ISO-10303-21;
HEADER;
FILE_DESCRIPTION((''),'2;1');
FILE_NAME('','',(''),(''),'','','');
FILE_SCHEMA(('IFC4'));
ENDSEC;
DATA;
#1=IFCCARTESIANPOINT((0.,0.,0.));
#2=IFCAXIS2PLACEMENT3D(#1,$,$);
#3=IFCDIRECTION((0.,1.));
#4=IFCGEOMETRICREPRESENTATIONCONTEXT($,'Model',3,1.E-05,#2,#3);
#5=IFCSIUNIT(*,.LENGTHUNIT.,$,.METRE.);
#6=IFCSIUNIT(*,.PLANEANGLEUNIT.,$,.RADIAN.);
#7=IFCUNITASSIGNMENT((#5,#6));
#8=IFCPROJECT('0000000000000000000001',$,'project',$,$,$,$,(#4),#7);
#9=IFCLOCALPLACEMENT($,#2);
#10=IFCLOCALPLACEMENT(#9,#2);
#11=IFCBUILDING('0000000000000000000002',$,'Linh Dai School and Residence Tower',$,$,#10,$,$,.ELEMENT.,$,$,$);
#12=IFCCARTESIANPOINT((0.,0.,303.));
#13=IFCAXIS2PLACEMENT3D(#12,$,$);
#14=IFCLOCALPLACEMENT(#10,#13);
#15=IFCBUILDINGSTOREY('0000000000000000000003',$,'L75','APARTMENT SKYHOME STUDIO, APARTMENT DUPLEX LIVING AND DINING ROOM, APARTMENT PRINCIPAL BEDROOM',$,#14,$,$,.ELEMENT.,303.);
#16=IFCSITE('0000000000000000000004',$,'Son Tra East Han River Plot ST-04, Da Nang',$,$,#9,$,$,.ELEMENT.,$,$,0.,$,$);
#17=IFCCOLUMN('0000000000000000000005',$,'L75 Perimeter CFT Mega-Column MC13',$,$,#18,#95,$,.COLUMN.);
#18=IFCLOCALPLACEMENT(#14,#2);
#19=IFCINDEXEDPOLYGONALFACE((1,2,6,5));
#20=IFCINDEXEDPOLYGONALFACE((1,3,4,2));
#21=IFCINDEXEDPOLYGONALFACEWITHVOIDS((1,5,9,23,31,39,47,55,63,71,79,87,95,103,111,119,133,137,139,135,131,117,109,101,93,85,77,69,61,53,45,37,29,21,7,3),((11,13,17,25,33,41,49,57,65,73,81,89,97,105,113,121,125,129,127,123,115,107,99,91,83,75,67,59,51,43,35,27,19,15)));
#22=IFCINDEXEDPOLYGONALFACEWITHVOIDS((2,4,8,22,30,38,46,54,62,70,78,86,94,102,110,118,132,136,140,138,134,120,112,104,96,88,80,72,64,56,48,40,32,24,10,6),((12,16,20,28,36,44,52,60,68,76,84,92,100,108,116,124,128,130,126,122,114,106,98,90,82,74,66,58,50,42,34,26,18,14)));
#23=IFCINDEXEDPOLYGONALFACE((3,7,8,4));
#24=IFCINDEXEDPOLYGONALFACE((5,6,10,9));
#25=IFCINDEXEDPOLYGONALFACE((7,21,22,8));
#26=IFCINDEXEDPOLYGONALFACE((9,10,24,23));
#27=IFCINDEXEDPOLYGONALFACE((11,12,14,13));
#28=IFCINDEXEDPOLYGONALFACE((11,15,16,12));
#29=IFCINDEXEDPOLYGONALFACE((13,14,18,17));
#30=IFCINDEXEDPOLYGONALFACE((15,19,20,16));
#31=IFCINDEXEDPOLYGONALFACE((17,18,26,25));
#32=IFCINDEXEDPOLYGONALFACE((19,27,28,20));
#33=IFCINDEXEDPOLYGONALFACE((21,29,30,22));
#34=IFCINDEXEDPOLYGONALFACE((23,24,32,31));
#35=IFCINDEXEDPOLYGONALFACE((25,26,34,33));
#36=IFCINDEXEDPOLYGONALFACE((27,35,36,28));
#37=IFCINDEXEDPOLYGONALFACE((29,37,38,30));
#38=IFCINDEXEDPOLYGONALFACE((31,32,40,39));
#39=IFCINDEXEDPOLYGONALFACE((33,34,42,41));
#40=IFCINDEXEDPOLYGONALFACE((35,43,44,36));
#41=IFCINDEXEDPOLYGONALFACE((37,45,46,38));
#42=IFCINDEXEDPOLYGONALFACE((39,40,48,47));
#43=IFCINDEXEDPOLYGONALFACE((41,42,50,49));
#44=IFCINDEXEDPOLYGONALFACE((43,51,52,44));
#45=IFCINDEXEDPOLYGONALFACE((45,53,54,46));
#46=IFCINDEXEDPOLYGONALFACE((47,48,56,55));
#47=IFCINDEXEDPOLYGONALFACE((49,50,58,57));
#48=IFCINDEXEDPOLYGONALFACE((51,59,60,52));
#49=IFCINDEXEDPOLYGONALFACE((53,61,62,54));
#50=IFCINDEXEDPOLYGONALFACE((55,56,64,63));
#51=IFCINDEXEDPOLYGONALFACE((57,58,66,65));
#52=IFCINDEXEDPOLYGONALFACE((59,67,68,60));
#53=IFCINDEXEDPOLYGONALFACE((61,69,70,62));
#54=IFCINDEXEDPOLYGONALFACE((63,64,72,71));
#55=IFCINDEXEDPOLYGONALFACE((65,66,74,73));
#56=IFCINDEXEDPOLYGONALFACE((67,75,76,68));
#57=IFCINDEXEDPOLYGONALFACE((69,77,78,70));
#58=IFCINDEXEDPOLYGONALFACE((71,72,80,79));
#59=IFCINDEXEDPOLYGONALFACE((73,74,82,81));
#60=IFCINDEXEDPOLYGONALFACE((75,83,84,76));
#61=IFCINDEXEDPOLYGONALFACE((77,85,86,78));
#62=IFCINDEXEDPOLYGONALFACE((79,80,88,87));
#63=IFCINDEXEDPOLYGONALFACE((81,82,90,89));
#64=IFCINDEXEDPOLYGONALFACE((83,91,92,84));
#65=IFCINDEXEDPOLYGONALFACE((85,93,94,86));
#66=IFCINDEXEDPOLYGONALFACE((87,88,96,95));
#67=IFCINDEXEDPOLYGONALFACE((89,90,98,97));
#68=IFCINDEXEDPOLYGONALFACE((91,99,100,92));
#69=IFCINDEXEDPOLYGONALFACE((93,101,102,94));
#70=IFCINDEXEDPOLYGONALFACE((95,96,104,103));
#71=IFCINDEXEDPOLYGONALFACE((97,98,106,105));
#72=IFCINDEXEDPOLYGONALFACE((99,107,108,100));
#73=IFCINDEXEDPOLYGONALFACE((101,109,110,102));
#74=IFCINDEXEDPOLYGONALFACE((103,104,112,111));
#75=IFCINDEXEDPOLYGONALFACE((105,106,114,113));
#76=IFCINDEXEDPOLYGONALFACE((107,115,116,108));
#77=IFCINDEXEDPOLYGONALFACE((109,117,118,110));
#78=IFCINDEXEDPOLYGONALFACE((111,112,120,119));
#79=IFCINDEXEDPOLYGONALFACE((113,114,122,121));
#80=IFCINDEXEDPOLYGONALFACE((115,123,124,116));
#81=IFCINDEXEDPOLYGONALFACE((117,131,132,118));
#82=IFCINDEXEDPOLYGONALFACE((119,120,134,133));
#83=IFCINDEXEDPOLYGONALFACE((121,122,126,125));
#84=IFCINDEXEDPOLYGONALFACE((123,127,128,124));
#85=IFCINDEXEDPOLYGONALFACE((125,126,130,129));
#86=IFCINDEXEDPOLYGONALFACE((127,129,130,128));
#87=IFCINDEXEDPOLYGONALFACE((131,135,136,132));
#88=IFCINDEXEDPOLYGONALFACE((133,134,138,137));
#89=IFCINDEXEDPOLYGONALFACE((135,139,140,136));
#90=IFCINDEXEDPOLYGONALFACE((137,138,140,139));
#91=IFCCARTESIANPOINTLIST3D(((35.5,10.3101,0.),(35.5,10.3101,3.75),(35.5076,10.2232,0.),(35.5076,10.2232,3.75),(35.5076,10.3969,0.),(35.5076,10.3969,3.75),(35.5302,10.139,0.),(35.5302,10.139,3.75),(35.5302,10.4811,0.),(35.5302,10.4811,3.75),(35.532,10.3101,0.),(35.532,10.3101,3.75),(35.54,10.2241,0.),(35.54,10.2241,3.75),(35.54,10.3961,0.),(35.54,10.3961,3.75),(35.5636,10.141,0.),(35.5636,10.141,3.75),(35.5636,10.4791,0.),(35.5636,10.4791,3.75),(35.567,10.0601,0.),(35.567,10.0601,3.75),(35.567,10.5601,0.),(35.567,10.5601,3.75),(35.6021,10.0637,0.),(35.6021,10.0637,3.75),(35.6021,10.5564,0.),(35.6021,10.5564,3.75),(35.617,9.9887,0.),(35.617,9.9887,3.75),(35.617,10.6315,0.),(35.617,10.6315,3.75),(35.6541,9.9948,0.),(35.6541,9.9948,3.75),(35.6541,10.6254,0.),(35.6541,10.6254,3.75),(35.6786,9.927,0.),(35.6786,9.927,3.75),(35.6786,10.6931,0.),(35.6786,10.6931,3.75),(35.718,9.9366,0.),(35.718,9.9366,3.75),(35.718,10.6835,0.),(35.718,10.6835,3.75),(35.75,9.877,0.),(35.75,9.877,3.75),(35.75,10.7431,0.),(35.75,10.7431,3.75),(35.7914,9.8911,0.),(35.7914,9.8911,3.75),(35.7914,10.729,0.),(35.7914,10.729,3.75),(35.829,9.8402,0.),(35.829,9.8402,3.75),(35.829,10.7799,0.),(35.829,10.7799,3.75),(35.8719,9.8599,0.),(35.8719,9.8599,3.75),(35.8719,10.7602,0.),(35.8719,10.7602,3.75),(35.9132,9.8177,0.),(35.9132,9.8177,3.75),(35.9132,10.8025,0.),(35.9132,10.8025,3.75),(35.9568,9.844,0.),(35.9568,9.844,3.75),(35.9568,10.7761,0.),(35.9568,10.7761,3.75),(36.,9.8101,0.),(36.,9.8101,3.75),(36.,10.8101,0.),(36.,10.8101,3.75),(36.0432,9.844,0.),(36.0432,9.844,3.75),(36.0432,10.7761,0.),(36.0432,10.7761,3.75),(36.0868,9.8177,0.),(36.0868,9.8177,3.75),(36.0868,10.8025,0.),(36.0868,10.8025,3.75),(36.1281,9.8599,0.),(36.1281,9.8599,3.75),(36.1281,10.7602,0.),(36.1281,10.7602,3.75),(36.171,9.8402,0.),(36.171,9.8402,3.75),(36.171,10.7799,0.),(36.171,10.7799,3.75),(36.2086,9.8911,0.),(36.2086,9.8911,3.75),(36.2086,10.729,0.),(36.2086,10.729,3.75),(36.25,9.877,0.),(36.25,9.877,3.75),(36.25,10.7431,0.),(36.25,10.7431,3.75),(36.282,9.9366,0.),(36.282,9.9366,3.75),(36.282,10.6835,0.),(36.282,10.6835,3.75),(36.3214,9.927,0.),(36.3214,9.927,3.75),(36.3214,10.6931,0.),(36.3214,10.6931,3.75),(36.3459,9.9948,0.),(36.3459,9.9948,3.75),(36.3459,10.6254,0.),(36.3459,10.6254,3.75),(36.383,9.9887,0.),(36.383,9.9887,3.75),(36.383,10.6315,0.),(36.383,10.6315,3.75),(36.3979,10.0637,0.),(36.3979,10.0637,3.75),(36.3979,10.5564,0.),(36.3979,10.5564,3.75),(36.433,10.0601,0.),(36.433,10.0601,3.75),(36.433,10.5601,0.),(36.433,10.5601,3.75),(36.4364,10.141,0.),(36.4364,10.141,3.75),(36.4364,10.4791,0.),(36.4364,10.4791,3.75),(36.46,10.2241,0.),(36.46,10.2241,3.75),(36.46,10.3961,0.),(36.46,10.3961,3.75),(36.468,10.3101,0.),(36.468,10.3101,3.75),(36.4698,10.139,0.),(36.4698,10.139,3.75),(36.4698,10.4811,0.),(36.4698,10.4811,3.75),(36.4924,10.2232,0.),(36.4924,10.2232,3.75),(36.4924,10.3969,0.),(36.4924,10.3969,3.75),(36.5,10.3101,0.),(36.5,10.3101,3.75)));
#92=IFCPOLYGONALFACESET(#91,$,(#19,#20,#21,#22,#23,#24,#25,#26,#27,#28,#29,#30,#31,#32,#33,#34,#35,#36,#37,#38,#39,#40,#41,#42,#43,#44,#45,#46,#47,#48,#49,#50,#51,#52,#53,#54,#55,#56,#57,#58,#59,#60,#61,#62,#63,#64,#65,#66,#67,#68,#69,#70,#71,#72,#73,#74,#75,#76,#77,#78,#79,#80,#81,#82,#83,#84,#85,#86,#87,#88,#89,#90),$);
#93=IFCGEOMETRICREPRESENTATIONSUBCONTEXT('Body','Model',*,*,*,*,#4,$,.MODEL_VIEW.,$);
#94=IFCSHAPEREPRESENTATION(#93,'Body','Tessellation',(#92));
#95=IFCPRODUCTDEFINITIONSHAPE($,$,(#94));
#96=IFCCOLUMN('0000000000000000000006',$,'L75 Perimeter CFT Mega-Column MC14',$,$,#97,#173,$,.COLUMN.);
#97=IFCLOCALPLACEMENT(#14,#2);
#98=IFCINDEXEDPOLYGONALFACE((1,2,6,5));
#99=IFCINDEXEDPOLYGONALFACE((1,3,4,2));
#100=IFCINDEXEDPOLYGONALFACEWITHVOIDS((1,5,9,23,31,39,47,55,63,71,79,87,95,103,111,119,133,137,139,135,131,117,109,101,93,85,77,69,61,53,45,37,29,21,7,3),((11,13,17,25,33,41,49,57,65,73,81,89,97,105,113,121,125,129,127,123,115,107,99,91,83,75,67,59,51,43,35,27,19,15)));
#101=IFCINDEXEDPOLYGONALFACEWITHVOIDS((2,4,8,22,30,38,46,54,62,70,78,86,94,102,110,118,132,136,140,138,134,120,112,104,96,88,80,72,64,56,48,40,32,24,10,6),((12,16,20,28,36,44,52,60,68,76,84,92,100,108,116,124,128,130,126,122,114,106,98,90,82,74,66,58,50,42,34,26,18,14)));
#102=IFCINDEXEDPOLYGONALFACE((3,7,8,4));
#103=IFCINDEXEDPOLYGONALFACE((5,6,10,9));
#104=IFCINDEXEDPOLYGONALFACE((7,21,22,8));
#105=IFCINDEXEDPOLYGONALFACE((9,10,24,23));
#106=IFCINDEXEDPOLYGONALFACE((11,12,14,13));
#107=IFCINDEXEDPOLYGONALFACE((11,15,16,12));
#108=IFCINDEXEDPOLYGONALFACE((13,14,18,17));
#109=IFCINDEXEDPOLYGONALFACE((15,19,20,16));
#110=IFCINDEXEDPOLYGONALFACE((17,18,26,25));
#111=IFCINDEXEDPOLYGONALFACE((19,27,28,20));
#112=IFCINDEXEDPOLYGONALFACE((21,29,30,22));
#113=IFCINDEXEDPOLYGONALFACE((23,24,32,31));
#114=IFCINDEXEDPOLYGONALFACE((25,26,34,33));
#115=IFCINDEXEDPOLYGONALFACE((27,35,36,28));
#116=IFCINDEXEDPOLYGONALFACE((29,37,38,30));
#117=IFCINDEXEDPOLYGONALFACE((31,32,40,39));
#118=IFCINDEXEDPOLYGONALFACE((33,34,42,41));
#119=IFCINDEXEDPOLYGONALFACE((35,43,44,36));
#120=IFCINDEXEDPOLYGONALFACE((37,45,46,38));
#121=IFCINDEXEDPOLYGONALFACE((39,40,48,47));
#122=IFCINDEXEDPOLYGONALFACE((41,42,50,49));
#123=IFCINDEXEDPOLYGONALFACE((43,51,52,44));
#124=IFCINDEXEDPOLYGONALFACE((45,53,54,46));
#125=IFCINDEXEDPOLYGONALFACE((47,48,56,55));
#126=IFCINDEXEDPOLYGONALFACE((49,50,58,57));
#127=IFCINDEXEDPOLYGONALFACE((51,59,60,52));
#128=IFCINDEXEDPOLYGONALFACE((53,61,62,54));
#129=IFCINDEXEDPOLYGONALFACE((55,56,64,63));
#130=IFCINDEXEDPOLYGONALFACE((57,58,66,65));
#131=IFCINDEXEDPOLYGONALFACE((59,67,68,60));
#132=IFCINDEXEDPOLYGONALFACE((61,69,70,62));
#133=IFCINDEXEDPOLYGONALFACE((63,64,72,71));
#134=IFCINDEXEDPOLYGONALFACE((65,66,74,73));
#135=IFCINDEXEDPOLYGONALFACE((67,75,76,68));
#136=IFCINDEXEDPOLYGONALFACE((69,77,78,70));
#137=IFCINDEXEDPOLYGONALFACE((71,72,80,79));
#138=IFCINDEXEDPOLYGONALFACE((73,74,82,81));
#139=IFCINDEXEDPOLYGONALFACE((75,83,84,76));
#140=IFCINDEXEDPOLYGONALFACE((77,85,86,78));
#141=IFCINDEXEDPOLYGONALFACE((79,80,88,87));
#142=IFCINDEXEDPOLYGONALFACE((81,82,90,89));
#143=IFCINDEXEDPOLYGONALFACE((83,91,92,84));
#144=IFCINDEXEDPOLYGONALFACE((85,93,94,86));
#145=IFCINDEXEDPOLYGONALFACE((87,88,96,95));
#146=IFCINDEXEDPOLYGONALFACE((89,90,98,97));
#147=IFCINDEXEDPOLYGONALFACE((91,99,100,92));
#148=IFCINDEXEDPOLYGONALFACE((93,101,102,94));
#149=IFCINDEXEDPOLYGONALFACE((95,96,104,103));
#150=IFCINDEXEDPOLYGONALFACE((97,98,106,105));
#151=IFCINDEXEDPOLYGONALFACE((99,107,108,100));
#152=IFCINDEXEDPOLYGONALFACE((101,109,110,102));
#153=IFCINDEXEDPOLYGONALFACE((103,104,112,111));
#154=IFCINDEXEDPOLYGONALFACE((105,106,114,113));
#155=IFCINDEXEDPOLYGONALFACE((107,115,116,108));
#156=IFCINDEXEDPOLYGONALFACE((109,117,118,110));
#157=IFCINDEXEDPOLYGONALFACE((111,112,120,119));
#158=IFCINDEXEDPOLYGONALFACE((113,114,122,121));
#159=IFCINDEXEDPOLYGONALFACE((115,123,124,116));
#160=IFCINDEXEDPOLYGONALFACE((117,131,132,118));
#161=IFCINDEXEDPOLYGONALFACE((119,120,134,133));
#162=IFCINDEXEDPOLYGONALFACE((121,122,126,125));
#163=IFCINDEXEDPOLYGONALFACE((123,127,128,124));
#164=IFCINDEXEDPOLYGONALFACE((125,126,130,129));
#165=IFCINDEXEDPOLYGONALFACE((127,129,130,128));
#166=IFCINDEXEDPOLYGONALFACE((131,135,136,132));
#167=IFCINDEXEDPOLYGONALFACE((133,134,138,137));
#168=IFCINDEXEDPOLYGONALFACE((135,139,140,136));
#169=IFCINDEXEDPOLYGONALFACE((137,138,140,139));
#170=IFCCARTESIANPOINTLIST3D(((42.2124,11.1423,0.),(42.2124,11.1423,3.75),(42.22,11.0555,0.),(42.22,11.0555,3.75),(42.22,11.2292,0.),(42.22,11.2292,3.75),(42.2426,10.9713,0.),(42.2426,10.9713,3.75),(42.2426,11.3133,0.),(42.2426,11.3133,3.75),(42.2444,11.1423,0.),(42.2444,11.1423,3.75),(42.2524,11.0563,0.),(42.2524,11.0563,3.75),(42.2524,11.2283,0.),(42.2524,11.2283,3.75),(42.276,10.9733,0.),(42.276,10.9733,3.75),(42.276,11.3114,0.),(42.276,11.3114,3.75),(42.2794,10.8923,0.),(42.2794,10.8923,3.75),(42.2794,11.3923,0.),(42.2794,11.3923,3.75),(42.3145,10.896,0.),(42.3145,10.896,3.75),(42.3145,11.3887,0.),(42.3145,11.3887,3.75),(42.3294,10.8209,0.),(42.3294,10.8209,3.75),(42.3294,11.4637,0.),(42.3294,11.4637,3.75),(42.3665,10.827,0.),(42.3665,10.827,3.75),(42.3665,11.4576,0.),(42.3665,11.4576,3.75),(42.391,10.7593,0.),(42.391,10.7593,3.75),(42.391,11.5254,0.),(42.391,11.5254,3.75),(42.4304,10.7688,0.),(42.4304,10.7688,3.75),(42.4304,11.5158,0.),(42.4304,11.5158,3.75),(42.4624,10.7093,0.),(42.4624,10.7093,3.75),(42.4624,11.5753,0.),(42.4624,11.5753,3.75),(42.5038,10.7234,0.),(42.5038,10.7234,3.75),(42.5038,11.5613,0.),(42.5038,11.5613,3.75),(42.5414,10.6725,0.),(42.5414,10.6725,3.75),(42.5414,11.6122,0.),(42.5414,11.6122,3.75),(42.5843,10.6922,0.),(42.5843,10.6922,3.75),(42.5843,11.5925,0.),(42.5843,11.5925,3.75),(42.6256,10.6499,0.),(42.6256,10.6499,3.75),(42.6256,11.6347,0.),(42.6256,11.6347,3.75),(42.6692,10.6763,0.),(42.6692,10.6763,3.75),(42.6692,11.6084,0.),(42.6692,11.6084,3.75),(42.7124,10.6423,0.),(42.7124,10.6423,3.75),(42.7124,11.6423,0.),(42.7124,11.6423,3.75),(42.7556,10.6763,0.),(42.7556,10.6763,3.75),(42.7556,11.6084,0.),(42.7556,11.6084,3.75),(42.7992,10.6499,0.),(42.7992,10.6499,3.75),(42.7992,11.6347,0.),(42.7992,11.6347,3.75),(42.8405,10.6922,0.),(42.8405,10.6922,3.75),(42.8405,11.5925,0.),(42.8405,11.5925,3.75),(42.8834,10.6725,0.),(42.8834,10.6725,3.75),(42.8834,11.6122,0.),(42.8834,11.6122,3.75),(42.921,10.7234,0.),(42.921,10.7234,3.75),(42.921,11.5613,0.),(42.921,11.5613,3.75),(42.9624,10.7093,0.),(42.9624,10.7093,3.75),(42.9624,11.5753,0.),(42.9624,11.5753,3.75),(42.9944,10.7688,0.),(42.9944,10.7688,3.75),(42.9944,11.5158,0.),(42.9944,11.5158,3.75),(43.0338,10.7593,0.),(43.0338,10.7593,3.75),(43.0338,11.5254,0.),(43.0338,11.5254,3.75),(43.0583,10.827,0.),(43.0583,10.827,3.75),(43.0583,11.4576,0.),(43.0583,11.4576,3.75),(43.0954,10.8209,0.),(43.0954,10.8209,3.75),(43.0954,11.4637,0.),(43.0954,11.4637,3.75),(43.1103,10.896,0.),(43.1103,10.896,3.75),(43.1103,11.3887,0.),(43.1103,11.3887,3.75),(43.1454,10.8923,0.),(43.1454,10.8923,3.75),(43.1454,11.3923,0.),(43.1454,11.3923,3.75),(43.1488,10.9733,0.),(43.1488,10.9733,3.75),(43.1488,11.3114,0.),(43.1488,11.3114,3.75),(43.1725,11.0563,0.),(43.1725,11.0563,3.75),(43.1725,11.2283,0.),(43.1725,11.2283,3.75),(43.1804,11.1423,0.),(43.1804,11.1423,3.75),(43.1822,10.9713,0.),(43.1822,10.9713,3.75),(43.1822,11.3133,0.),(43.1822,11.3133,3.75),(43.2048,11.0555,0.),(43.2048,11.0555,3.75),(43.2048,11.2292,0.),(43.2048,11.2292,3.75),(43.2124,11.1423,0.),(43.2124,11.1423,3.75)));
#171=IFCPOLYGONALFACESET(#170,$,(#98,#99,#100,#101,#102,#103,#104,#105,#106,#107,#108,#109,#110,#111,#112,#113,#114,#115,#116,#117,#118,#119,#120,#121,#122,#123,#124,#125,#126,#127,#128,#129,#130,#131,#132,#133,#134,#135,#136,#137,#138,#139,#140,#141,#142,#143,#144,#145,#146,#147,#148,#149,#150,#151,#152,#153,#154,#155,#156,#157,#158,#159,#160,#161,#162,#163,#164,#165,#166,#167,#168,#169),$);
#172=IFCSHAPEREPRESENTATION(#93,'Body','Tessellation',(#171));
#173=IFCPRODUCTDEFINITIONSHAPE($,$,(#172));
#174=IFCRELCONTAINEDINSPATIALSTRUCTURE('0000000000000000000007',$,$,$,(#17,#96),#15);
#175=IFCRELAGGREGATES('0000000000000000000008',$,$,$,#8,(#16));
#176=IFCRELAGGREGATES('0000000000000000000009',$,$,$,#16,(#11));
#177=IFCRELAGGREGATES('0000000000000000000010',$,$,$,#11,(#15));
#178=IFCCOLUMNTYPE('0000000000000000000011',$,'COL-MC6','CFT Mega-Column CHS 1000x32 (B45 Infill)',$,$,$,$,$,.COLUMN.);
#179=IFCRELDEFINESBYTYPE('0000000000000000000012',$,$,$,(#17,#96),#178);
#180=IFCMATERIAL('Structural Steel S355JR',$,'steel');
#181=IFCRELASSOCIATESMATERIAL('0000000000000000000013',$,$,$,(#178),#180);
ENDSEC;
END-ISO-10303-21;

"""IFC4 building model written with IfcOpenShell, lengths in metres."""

from ifc_helpers import new_model, si_unit, direction, frame, origin, origin_2d, place, context, subcontext, project, spatial, hollow_circle, extrude, material, material_profile, profile_set, type_object, element, save


model = new_model("IFC4")

# Units and contexts
model_context = context("Model", 3, precision=1e-05, world=origin(), true_north=direction((0.0, 1.0)))
body_context = subcontext(model_context, "Body", "Model", "MODEL_VIEW")
ifc_project = project(units=[si_unit("LENGTHUNIT", "METRE"), si_unit("PLANEANGLEUNIT", "RADIAN")], contexts=[model_context])

# Site, building, storey
site_placement = place(None, origin())
site = spatial("IfcSite", under=ifc_project, at=site_placement, Name="Son Tra East Han River Plot ST-04, Da Nang", CompositionType="ELEMENT", RefElevation=0.0)
building_placement = place(site_placement, origin())
building = spatial("IfcBuilding", under=site, at=building_placement, Name="Linh Dai School and Residence Tower", CompositionType="ELEMENT")
storey_placement = place(building_placement, frame((0.0, 0.0, 303.0)))
storey = spatial("IfcBuildingStorey", under=building, at=storey_placement, Name="L75", Description="APARTMENT SKYHOME STUDIO, APARTMENT DUPLEX LIVING AND DINING ROOM, APARTMENT PRINCIPAL BEDROOM", CompositionType="ELEMENT", Elevation=303.0)

# Columns
ifc_material_1 = material(Name="Structural Steel S355JR", Category="steel")
ifc_material_profile_1 = material_profile(ifc_material_1, hollow_circle(Radius=0.5, WallThickness=0.032, at=origin_2d()), Name="CHS 1000x32")
ifc_profile_set_1 = profile_set([ifc_material_profile_1], Name="Structural Steel S355JR")
column_type = type_object("IfcColumnType", Name="COL-MC6", Description="CFT Mega-Column CHS 1000x32 (B45 Infill)", PredefinedType="COLUMN", material=ifc_profile_set_1)
for number, where, z_axis, x_axis, name in (
    (1, (36.0, 10.3101, 0.0), (0.0, 0.0, 1.0), (1.0, 0.0, 0.0), "L75 Perimeter CFT Mega-Column MC13"),
    (2, (42.7124, 11.1423, 0.0), (0.0, 0.0, 1.0), (1.0, 0.0, 0.0), "L75 Perimeter CFT Mega-Column MC14"),
):
    element("IfcColumn", number, at=place(storey_placement, frame(where, z_axis=z_axis, x_axis=x_axis)), inside=storey, type_object=column_type, Name=name, PredefinedType="COLUMN", context=body_context, shape_type="SweptSolid", body=[
        extrude(hollow_circle(Radius=0.5, WallThickness=0.032, at=origin_2d()), origin(), (0.0, 0.0, 1.0), 3.75),
    ])

save(model, "model.ifc")
